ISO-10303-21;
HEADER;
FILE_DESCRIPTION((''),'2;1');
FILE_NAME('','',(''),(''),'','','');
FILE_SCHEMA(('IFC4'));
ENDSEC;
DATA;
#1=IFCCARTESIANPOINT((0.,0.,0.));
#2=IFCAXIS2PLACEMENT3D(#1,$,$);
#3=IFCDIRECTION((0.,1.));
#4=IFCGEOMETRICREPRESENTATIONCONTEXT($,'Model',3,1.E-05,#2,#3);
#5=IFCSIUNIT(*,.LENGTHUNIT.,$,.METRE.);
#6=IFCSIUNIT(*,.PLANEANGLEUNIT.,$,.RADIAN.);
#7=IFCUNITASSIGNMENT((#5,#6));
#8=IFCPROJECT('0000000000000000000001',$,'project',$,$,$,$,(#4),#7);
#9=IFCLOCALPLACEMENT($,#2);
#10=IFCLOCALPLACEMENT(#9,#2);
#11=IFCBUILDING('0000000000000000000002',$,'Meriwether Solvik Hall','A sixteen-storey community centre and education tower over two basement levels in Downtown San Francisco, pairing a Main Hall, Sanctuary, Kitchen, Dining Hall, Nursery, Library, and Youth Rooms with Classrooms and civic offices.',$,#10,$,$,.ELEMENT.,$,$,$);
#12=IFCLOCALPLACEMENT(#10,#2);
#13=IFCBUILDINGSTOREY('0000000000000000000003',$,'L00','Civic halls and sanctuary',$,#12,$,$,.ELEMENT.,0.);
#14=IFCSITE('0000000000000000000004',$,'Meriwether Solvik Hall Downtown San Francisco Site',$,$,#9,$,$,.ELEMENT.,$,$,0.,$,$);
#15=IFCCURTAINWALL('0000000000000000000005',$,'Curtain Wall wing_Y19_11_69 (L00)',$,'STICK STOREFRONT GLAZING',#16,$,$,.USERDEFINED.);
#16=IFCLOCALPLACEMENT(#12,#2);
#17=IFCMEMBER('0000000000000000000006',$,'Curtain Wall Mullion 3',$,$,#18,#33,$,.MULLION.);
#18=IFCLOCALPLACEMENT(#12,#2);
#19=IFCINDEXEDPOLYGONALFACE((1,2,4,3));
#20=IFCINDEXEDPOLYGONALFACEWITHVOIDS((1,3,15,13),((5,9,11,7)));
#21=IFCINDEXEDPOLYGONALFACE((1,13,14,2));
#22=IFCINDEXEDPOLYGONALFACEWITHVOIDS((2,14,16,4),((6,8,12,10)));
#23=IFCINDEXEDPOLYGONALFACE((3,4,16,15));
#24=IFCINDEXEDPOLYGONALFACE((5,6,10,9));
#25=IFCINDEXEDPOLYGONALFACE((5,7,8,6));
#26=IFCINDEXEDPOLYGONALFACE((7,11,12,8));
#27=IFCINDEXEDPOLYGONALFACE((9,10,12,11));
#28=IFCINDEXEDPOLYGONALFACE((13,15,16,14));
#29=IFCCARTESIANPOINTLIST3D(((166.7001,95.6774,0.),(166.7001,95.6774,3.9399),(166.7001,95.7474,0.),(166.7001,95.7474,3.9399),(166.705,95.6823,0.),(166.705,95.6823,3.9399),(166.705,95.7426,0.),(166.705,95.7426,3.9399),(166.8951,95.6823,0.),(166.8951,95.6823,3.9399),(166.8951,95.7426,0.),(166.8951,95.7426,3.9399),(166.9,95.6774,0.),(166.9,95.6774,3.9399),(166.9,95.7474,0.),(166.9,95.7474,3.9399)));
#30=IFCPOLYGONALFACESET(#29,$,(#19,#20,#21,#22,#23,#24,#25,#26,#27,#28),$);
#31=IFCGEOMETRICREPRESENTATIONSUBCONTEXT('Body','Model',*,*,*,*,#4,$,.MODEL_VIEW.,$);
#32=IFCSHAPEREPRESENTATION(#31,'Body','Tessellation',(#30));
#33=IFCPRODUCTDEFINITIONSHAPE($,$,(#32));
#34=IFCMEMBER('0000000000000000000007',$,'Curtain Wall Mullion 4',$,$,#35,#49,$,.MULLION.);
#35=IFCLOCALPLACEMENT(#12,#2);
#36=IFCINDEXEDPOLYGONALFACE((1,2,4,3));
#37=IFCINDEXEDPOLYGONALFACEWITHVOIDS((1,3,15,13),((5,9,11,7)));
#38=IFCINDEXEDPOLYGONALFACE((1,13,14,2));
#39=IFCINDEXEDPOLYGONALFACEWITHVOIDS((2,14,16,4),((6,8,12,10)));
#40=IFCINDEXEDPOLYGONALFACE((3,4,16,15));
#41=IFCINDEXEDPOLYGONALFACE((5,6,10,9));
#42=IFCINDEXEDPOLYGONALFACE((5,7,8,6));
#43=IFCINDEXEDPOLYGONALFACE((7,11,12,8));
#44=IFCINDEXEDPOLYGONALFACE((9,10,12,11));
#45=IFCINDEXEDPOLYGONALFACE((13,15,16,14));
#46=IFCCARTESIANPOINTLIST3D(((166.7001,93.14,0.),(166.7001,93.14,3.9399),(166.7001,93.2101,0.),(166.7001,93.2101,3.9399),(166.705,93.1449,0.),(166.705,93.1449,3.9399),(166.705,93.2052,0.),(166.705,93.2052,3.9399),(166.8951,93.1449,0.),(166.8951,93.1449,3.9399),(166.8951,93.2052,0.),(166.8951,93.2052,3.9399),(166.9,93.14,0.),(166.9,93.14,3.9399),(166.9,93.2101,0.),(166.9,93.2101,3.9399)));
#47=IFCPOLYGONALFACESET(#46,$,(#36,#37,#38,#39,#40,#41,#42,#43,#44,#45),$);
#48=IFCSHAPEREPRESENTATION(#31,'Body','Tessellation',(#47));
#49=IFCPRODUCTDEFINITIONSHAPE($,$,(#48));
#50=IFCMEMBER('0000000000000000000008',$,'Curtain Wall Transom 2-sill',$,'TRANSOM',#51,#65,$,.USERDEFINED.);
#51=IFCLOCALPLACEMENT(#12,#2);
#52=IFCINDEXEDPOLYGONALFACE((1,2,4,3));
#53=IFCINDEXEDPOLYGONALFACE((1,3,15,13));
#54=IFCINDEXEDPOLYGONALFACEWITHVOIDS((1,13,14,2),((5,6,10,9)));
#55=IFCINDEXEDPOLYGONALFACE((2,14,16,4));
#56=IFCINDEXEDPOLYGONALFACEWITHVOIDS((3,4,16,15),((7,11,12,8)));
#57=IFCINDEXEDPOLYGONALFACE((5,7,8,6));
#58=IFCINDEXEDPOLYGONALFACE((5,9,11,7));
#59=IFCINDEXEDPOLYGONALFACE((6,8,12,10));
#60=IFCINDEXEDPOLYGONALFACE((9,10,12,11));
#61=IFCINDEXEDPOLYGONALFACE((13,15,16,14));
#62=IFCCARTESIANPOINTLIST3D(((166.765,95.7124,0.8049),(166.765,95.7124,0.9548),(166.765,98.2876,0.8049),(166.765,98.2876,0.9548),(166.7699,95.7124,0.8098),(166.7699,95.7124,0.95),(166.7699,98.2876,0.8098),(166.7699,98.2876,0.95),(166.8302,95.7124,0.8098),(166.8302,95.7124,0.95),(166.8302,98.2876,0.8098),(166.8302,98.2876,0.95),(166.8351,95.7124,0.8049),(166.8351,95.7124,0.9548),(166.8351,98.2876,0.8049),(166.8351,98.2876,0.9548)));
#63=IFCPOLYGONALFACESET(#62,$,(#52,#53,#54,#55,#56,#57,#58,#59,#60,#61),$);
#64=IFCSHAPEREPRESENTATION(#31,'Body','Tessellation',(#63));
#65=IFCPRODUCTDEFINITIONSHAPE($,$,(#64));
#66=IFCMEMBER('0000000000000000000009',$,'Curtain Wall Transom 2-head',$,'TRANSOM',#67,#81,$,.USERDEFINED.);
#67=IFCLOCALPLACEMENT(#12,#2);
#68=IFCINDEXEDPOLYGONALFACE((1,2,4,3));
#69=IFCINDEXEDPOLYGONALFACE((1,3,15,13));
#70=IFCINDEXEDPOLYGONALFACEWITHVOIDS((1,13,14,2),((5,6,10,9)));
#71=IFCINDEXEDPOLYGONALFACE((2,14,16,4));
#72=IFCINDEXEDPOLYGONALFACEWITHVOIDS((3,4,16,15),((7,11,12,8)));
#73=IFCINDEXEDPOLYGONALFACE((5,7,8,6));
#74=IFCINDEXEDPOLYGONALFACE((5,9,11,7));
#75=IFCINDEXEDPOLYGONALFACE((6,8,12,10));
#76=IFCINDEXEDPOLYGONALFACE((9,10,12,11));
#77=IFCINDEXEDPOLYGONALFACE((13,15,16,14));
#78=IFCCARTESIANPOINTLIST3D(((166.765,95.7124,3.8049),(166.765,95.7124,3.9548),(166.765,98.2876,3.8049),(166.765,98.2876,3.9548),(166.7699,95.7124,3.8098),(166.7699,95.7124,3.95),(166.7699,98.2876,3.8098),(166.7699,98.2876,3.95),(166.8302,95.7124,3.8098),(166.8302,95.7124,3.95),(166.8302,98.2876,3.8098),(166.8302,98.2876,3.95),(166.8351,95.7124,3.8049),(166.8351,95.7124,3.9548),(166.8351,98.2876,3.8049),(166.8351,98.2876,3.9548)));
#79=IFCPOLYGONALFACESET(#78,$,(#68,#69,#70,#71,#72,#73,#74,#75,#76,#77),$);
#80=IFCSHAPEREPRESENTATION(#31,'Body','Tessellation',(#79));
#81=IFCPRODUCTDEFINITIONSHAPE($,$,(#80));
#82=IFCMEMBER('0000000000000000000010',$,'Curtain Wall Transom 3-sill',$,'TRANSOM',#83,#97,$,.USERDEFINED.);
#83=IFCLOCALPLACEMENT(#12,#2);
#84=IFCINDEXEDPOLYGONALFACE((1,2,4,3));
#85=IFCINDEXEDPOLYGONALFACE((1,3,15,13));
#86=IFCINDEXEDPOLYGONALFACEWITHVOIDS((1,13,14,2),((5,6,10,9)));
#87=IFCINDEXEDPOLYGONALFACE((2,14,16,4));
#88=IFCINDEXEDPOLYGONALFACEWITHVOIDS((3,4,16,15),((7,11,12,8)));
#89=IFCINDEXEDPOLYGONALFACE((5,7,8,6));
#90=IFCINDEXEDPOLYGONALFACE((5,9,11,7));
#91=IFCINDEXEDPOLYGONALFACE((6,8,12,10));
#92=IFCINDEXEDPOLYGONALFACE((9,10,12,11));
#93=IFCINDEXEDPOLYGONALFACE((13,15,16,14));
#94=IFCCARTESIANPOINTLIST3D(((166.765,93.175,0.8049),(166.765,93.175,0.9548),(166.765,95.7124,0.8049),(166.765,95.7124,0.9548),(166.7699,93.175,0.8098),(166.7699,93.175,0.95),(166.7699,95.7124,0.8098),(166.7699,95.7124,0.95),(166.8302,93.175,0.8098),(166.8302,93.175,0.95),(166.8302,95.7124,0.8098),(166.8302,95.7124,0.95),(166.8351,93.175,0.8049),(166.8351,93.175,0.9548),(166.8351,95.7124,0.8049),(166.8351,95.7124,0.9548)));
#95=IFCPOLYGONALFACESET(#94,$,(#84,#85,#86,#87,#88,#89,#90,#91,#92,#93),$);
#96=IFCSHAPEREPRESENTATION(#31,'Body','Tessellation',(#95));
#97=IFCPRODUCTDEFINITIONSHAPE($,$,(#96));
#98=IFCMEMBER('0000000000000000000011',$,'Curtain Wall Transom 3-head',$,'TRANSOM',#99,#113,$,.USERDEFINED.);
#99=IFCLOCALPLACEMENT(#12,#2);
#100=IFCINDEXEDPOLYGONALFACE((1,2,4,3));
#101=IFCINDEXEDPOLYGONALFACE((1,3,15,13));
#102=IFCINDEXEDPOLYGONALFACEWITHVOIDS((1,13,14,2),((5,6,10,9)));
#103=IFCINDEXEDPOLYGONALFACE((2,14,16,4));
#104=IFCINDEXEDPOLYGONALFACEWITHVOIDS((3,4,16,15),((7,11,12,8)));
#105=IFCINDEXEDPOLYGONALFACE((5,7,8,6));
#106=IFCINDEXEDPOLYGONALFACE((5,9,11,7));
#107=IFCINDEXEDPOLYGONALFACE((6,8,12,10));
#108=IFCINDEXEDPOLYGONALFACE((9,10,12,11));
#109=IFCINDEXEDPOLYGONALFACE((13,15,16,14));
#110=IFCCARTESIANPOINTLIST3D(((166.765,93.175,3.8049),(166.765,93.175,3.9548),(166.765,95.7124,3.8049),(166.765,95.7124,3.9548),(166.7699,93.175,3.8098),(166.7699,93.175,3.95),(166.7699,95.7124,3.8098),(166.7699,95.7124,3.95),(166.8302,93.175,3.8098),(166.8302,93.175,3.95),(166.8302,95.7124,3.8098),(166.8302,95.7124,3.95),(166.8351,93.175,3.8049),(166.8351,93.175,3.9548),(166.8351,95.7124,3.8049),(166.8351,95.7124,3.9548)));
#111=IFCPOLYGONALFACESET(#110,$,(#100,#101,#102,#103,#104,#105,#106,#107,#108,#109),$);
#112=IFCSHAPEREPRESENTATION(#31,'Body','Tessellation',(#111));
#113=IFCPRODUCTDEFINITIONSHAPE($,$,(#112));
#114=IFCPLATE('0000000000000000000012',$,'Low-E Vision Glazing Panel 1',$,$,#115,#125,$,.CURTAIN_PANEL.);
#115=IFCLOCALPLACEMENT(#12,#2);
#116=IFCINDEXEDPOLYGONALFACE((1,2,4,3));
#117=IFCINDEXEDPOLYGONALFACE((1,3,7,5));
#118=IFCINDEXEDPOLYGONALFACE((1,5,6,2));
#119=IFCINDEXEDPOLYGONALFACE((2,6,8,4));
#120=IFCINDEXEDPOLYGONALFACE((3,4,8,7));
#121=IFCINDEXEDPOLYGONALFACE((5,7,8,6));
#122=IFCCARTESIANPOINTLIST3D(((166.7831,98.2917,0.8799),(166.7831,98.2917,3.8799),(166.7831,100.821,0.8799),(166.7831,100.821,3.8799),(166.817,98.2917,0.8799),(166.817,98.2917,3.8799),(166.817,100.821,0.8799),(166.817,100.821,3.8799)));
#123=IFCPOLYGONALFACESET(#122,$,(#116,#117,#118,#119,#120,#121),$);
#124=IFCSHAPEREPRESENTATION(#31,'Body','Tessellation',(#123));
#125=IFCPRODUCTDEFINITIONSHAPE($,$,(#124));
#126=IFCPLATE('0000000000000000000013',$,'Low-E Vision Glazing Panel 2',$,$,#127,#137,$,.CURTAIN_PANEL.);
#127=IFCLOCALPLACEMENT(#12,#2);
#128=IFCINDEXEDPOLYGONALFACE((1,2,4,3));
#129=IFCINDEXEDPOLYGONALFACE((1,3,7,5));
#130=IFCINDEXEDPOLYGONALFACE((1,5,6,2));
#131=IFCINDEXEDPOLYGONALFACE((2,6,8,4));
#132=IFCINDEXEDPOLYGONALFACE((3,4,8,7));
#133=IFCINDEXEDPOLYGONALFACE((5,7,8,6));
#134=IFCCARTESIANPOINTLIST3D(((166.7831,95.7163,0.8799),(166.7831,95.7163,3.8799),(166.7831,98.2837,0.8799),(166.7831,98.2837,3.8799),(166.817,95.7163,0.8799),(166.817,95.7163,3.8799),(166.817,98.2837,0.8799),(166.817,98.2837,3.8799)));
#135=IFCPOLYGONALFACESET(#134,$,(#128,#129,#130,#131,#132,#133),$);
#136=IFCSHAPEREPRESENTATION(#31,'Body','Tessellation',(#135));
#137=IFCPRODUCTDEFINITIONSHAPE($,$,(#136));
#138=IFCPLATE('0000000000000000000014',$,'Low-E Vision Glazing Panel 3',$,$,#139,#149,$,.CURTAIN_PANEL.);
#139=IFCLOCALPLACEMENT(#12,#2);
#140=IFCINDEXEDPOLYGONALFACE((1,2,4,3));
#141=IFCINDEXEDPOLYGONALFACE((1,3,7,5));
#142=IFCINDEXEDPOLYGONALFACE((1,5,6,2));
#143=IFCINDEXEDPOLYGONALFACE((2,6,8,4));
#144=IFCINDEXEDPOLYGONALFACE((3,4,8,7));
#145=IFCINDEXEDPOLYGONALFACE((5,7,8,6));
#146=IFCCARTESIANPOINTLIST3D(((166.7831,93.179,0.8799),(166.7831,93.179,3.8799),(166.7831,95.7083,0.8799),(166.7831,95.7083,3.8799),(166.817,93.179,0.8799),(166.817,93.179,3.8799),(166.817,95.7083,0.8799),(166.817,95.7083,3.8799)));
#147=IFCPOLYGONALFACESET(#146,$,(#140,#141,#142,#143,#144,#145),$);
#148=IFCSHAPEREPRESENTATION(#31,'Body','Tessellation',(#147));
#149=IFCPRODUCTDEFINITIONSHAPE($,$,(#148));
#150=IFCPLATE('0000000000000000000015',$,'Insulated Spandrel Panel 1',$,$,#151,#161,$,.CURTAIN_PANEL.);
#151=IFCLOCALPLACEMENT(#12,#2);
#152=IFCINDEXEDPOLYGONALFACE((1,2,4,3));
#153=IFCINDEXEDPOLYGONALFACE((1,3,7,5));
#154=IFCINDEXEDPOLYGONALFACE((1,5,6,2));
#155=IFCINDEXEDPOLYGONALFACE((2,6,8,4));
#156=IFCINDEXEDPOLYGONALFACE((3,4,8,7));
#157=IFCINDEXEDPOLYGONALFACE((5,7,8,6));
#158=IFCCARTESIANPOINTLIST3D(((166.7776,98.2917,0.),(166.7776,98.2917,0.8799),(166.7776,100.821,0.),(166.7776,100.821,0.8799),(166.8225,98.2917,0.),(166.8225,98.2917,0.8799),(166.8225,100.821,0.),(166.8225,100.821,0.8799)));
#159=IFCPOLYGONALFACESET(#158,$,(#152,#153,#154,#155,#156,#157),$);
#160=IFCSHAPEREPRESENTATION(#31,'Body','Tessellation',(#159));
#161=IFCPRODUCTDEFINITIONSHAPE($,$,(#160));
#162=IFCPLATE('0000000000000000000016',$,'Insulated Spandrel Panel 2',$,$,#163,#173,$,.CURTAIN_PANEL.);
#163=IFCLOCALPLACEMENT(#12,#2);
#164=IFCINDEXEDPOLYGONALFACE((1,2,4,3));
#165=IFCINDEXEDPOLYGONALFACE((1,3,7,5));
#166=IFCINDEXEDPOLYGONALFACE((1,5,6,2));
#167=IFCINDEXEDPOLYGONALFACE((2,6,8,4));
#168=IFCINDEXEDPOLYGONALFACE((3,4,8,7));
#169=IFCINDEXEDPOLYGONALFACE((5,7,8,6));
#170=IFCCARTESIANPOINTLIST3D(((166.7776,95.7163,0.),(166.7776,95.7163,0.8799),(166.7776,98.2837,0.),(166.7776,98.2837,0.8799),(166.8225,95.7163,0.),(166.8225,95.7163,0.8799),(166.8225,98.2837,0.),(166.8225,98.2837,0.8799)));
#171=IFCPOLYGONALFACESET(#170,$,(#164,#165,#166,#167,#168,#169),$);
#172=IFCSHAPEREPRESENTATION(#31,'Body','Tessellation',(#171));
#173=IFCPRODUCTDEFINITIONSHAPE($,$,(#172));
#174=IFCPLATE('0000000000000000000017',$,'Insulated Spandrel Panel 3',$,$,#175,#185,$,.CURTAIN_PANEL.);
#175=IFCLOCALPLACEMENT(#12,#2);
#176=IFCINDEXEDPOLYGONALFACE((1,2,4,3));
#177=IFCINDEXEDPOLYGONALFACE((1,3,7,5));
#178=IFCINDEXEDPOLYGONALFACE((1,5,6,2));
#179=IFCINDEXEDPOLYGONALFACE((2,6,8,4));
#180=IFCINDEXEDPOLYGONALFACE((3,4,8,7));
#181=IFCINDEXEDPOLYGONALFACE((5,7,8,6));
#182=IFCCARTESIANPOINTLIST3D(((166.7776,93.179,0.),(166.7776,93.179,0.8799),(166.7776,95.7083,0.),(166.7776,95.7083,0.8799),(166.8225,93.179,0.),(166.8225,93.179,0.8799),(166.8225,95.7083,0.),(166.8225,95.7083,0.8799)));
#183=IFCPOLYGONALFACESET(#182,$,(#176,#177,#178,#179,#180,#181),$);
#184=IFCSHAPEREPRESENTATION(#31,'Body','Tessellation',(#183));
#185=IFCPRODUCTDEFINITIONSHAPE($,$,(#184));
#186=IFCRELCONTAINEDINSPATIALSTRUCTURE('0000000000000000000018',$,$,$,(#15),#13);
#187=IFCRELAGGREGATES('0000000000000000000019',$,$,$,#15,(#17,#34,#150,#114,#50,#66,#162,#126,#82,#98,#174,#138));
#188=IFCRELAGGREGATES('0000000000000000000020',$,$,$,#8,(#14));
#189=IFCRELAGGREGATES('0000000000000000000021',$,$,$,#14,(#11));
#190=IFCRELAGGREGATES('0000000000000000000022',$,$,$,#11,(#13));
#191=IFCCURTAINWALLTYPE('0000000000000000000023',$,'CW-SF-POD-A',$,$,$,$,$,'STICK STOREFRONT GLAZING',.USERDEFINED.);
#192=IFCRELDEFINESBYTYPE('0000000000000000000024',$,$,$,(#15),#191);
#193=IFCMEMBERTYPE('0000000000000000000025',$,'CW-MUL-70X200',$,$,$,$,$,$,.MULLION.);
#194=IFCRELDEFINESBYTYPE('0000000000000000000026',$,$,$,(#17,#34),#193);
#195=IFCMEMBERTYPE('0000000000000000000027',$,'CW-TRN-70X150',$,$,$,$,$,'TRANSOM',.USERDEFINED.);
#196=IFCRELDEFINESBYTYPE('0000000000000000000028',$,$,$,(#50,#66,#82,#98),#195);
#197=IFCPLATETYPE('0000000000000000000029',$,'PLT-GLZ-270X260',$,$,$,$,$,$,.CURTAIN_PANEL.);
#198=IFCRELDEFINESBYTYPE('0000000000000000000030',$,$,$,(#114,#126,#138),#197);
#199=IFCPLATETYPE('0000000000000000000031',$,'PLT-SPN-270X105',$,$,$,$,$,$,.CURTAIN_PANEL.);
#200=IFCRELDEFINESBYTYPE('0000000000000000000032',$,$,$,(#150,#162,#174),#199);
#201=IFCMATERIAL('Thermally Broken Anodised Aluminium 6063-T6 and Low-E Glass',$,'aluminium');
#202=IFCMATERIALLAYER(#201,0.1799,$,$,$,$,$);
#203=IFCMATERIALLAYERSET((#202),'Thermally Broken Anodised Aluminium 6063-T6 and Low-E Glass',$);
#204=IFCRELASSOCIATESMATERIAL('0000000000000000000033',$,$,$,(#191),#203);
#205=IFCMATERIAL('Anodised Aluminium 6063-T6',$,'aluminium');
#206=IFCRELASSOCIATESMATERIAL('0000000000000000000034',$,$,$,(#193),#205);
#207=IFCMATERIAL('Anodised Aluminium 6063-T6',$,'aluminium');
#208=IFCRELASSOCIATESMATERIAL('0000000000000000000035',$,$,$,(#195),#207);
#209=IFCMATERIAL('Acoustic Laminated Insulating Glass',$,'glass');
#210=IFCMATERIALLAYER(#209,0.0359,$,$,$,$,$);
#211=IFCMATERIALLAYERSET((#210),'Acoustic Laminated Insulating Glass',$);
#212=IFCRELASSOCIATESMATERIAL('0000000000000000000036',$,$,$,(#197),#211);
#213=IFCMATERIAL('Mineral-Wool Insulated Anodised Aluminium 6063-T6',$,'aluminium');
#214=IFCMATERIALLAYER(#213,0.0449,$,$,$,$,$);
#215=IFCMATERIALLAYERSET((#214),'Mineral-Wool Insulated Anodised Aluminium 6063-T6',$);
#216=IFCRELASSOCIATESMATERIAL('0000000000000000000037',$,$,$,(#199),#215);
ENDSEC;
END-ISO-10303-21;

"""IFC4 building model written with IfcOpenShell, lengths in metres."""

from ifc_helpers import new_model, si_unit, direction, frame, origin, origin_2d, place, context, subcontext, project, spatial, rectangle, hollow_rectangle, extrude, material, layer, layer_set, material_profile, profile_set, type_object, element, aggregate, save


model = new_model("IFC4")

# Units and contexts
model_context = context("Model", 3, precision=1e-05, world=origin(), true_north=direction((0.0, 1.0)))
body_context = subcontext(model_context, "Body", "Model", "MODEL_VIEW")
ifc_project = project(units=[si_unit("LENGTHUNIT", "METRE"), si_unit("PLANEANGLEUNIT", "RADIAN")], contexts=[model_context])

# Site, building, storey
site_placement = place(None, origin())
site = spatial("IfcSite", under=ifc_project, at=site_placement, Name="Meriwether Solvik Hall Downtown San Francisco Site", CompositionType="ELEMENT", RefElevation=0.0)
building_placement = place(site_placement, origin())
building = spatial("IfcBuilding", under=site, at=building_placement, Name="Meriwether Solvik Hall", Description="A sixteen-storey community centre and education tower over two basement levels in Downtown San Francisco, pairing a Main Hall, Sanctuary, Kitchen, Dining Hall, Nursery, Library, and Youth Rooms with Classrooms and civic offices.", CompositionType="ELEMENT")
storey_placement = place(building_placement, origin())
storey = spatial("IfcBuildingStorey", under=building, at=storey_placement, Name="L00", Description="Civic halls and sanctuary", CompositionType="ELEMENT", Elevation=0.0)

# Curtain wall, members, plates
ifc_material_1 = material(Name="Thermally Broken Anodised Aluminium 6063-T6 and Low-E Glass", Category="aluminium")
ifc_layer_1 = layer(ifc_material_1, 0.1799)
ifc_layer_set_1 = layer_set([ifc_layer_1], Name="Thermally Broken Anodised Aluminium 6063-T6 and Low-E Glass")
curtain_wall_type = type_object("IfcCurtainWallType", Name="CW-SF-POD-A", ElementType="STICK STOREFRONT GLAZING", PredefinedType="USERDEFINED", material=ifc_layer_set_1)
curtain_wall_placement = place(storey_placement, origin())
curtain_wall = element("IfcCurtainWall", 1, at=curtain_wall_placement, inside=storey, type_object=curtain_wall_type, Name="Curtain Wall wing_Y19_11_69 (L00)", ObjectType="STICK STOREFRONT GLAZING", PredefinedType="USERDEFINED")
ifc_material_2 = material(Name="Anodised Aluminium 6063-T6", Category="aluminium")
ifc_material_profile_1 = material_profile(ifc_material_2, hollow_rectangle(XDim=0.0701, YDim=0.2, WallThickness=0.0049, at=origin_2d()), Name="CWM-70X200")
ifc_profile_set_1 = profile_set([ifc_material_profile_1], Name="Anodised Aluminium 6063-T6")
member_type_1 = type_object("IfcMemberType", Name="CW-MUL-70X200", PredefinedType="MULLION", material=ifc_profile_set_1)
member_1_placement = place(storey_placement, frame((166.8, 95.7124, 0.0), z_axis=(0.0, 0.0, 1.0), x_axis=(0.0, -1.0, 0.0)))
member_1 = element("IfcMember", 2, at=member_1_placement, type_object=member_type_1, Name="Curtain Wall Mullion 3", PredefinedType="MULLION", context=body_context, shape_type="SweptSolid", body=[
    extrude(hollow_rectangle(XDim=0.0701, YDim=0.2, WallThickness=0.0049, at=origin_2d()), origin(), (0.0, 0.0, 1.0), 3.9399),
])
member_2_placement = place(storey_placement, frame((166.8, 93.175, 0.0), z_axis=(0.0, 0.0, 1.0), x_axis=(0.0, -1.0, 0.0)))
member_2 = element("IfcMember", 3, at=member_2_placement, type_object=member_type_1, Name="Curtain Wall Mullion 4", PredefinedType="MULLION", context=body_context, shape_type="SweptSolid", body=[
    extrude(hollow_rectangle(XDim=0.0701, YDim=0.2, WallThickness=0.0049, at=origin_2d()), origin(), (0.0, 0.0, 1.0), 3.9399),
])
ifc_material_3 = material(Name="Anodised Aluminium 6063-T6", Category="aluminium")
ifc_material_profile_2 = material_profile(ifc_material_3, hollow_rectangle(XDim=0.0701, YDim=0.1499, WallThickness=0.0049, at=origin_2d()), Name="CWT-70X150")
ifc_profile_set_2 = profile_set([ifc_material_profile_2], Name="Anodised Aluminium 6063-T6")
member_type_2 = type_object("IfcMemberType", Name="CW-TRN-70X150", ElementType="TRANSOM", PredefinedType="USERDEFINED", material=ifc_profile_set_2)
member_3_placement = place(storey_placement, frame((166.8, 98.2876, 0.8799), z_axis=(0.0, -1.0, 0.0), x_axis=(1.0, 0.0, 0.0)))
member_3 = element("IfcMember", 4, at=member_3_placement, type_object=member_type_2, Name="Curtain Wall Transom 2-sill", ObjectType="TRANSOM", PredefinedType="USERDEFINED", context=body_context, shape_type="SweptSolid", body=[
    extrude(hollow_rectangle(XDim=0.0701, YDim=0.1499, WallThickness=0.0049, at=origin_2d()), origin(), (0.0, 0.0, 1.0), 2.5752),
])
member_4_placement = place(storey_placement, frame((166.8, 98.2876, 3.8799), z_axis=(0.0, -1.0, 0.0), x_axis=(1.0, 0.0, 0.0)))
member_4 = element("IfcMember", 5, at=member_4_placement, type_object=member_type_2, Name="Curtain Wall Transom 2-head", ObjectType="TRANSOM", PredefinedType="USERDEFINED", context=body_context, shape_type="SweptSolid", body=[
    extrude(hollow_rectangle(XDim=0.0701, YDim=0.1499, WallThickness=0.0049, at=origin_2d()), origin(), (0.0, 0.0, 1.0), 2.5752),
])
member_5_placement = place(storey_placement, frame((166.8, 95.7124, 0.8799), z_axis=(0.0, -1.0, 0.0), x_axis=(1.0, 0.0, 0.0)))
member_5 = element("IfcMember", 6, at=member_5_placement, type_object=member_type_2, Name="Curtain Wall Transom 3-sill", ObjectType="TRANSOM", PredefinedType="USERDEFINED", context=body_context, shape_type="SweptSolid", body=[
    extrude(hollow_rectangle(XDim=0.0701, YDim=0.1499, WallThickness=0.0049, at=origin_2d()), origin(), (0.0, 0.0, 1.0), 2.5374),
])
member_6_placement = place(storey_placement, frame((166.8, 95.7124, 3.8799), z_axis=(0.0, -1.0, 0.0), x_axis=(1.0, 0.0, 0.0)))
member_6 = element("IfcMember", 7, at=member_6_placement, type_object=member_type_2, Name="Curtain Wall Transom 3-head", ObjectType="TRANSOM", PredefinedType="USERDEFINED", context=body_context, shape_type="SweptSolid", body=[
    extrude(hollow_rectangle(XDim=0.0701, YDim=0.1499, WallThickness=0.0049, at=origin_2d()), origin(), (0.0, 0.0, 1.0), 2.5374),
])
ifc_material_4 = material(Name="Acoustic Laminated Insulating Glass", Category="glass")
ifc_layer_2 = layer(ifc_material_4, 0.0359)
ifc_layer_set_2 = layer_set([ifc_layer_2], Name="Acoustic Laminated Insulating Glass")
plate_type_1 = type_object("IfcPlateType", Name="PLT-GLZ-270X260", PredefinedType="CURTAIN_PANEL", material=ifc_layer_set_2)
plate_1_placement = place(storey_placement, frame((166.8, 99.5564, 0.8799), z_axis=(0.0, 0.0, 1.0), x_axis=(0.0, -1.0, 0.0)))
plate_1 = element("IfcPlate", 8, at=plate_1_placement, type_object=plate_type_1, Name="Low-E Vision Glazing Panel 1", PredefinedType="CURTAIN_PANEL", context=body_context, shape_type="SweptSolid", body=[
    extrude(rectangle(XDim=2.5293, YDim=0.0339, at=origin_2d()), origin(), (0.0, 0.0, 1.0), 3.0),
])
plate_2_placement = place(storey_placement, frame((166.8, 97.0, 0.8799), z_axis=(0.0, 0.0, 1.0), x_axis=(0.0, -1.0, 0.0)))
plate_2 = element("IfcPlate", 9, at=plate_2_placement, type_object=plate_type_1, Name="Low-E Vision Glazing Panel 2", PredefinedType="CURTAIN_PANEL", context=body_context, shape_type="SweptSolid", body=[
    extrude(rectangle(XDim=2.5674, YDim=0.0339, at=origin_2d()), origin(), (0.0, 0.0, 1.0), 3.0),
])
plate_3_placement = place(storey_placement, frame((166.8, 94.4436, 0.8799), z_axis=(0.0, 0.0, 1.0), x_axis=(0.0, -1.0, 0.0)))
plate_3 = element("IfcPlate", 10, at=plate_3_placement, type_object=plate_type_1, Name="Low-E Vision Glazing Panel 3", PredefinedType="CURTAIN_PANEL", context=body_context, shape_type="SweptSolid", body=[
    extrude(rectangle(XDim=2.5293, YDim=0.0339, at=origin_2d()), origin(), (0.0, 0.0, 1.0), 3.0),
])
ifc_material_5 = material(Name="Mineral-Wool Insulated Anodised Aluminium 6063-T6", Category="aluminium")
ifc_layer_3 = layer(ifc_material_5, 0.0449)
ifc_layer_set_3 = layer_set([ifc_layer_3], Name="Mineral-Wool Insulated Anodised Aluminium 6063-T6")
plate_type_2 = type_object("IfcPlateType", Name="PLT-SPN-270X105", PredefinedType="CURTAIN_PANEL", material=ifc_layer_set_3)
plate_4_placement = place(storey_placement, frame((166.8, 99.5564, 0.0), z_axis=(0.0, 0.0, 1.0), x_axis=(0.0, -1.0, 0.0)))
plate_4 = element("IfcPlate", 11, at=plate_4_placement, type_object=plate_type_2, Name="Insulated Spandrel Panel 1", PredefinedType="CURTAIN_PANEL", context=body_context, shape_type="SweptSolid", body=[
    extrude(rectangle(XDim=2.5293, YDim=0.0449, at=origin_2d()), origin(), (0.0, 0.0, 1.0), 0.8799),
])
plate_5_placement = place(storey_placement, frame((166.8, 97.0, 0.0), z_axis=(0.0, 0.0, 1.0), x_axis=(0.0, -1.0, 0.0)))
plate_5 = element("IfcPlate", 12, at=plate_5_placement, type_object=plate_type_2, Name="Insulated Spandrel Panel 2", PredefinedType="CURTAIN_PANEL", context=body_context, shape_type="SweptSolid", body=[
    extrude(rectangle(XDim=2.5674, YDim=0.0449, at=origin_2d()), origin(), (0.0, 0.0, 1.0), 0.8799),
])
plate_6_placement = place(storey_placement, frame((166.8, 94.4436, 0.0), z_axis=(0.0, 0.0, 1.0), x_axis=(0.0, -1.0, 0.0)))
plate_6 = element("IfcPlate", 13, at=plate_6_placement, type_object=plate_type_2, Name="Insulated Spandrel Panel 3", PredefinedType="CURTAIN_PANEL", context=body_context, shape_type="SweptSolid", body=[
    extrude(rectangle(XDim=2.5293, YDim=0.0449, at=origin_2d()), origin(), (0.0, 0.0, 1.0), 0.8799),
])
aggregate(curtain_wall, [member_1, member_2, plate_4, plate_1, member_3, member_4, plate_5, plate_2, member_5, member_6, plate_6, plate_3])

save(model, "model.ifc")
